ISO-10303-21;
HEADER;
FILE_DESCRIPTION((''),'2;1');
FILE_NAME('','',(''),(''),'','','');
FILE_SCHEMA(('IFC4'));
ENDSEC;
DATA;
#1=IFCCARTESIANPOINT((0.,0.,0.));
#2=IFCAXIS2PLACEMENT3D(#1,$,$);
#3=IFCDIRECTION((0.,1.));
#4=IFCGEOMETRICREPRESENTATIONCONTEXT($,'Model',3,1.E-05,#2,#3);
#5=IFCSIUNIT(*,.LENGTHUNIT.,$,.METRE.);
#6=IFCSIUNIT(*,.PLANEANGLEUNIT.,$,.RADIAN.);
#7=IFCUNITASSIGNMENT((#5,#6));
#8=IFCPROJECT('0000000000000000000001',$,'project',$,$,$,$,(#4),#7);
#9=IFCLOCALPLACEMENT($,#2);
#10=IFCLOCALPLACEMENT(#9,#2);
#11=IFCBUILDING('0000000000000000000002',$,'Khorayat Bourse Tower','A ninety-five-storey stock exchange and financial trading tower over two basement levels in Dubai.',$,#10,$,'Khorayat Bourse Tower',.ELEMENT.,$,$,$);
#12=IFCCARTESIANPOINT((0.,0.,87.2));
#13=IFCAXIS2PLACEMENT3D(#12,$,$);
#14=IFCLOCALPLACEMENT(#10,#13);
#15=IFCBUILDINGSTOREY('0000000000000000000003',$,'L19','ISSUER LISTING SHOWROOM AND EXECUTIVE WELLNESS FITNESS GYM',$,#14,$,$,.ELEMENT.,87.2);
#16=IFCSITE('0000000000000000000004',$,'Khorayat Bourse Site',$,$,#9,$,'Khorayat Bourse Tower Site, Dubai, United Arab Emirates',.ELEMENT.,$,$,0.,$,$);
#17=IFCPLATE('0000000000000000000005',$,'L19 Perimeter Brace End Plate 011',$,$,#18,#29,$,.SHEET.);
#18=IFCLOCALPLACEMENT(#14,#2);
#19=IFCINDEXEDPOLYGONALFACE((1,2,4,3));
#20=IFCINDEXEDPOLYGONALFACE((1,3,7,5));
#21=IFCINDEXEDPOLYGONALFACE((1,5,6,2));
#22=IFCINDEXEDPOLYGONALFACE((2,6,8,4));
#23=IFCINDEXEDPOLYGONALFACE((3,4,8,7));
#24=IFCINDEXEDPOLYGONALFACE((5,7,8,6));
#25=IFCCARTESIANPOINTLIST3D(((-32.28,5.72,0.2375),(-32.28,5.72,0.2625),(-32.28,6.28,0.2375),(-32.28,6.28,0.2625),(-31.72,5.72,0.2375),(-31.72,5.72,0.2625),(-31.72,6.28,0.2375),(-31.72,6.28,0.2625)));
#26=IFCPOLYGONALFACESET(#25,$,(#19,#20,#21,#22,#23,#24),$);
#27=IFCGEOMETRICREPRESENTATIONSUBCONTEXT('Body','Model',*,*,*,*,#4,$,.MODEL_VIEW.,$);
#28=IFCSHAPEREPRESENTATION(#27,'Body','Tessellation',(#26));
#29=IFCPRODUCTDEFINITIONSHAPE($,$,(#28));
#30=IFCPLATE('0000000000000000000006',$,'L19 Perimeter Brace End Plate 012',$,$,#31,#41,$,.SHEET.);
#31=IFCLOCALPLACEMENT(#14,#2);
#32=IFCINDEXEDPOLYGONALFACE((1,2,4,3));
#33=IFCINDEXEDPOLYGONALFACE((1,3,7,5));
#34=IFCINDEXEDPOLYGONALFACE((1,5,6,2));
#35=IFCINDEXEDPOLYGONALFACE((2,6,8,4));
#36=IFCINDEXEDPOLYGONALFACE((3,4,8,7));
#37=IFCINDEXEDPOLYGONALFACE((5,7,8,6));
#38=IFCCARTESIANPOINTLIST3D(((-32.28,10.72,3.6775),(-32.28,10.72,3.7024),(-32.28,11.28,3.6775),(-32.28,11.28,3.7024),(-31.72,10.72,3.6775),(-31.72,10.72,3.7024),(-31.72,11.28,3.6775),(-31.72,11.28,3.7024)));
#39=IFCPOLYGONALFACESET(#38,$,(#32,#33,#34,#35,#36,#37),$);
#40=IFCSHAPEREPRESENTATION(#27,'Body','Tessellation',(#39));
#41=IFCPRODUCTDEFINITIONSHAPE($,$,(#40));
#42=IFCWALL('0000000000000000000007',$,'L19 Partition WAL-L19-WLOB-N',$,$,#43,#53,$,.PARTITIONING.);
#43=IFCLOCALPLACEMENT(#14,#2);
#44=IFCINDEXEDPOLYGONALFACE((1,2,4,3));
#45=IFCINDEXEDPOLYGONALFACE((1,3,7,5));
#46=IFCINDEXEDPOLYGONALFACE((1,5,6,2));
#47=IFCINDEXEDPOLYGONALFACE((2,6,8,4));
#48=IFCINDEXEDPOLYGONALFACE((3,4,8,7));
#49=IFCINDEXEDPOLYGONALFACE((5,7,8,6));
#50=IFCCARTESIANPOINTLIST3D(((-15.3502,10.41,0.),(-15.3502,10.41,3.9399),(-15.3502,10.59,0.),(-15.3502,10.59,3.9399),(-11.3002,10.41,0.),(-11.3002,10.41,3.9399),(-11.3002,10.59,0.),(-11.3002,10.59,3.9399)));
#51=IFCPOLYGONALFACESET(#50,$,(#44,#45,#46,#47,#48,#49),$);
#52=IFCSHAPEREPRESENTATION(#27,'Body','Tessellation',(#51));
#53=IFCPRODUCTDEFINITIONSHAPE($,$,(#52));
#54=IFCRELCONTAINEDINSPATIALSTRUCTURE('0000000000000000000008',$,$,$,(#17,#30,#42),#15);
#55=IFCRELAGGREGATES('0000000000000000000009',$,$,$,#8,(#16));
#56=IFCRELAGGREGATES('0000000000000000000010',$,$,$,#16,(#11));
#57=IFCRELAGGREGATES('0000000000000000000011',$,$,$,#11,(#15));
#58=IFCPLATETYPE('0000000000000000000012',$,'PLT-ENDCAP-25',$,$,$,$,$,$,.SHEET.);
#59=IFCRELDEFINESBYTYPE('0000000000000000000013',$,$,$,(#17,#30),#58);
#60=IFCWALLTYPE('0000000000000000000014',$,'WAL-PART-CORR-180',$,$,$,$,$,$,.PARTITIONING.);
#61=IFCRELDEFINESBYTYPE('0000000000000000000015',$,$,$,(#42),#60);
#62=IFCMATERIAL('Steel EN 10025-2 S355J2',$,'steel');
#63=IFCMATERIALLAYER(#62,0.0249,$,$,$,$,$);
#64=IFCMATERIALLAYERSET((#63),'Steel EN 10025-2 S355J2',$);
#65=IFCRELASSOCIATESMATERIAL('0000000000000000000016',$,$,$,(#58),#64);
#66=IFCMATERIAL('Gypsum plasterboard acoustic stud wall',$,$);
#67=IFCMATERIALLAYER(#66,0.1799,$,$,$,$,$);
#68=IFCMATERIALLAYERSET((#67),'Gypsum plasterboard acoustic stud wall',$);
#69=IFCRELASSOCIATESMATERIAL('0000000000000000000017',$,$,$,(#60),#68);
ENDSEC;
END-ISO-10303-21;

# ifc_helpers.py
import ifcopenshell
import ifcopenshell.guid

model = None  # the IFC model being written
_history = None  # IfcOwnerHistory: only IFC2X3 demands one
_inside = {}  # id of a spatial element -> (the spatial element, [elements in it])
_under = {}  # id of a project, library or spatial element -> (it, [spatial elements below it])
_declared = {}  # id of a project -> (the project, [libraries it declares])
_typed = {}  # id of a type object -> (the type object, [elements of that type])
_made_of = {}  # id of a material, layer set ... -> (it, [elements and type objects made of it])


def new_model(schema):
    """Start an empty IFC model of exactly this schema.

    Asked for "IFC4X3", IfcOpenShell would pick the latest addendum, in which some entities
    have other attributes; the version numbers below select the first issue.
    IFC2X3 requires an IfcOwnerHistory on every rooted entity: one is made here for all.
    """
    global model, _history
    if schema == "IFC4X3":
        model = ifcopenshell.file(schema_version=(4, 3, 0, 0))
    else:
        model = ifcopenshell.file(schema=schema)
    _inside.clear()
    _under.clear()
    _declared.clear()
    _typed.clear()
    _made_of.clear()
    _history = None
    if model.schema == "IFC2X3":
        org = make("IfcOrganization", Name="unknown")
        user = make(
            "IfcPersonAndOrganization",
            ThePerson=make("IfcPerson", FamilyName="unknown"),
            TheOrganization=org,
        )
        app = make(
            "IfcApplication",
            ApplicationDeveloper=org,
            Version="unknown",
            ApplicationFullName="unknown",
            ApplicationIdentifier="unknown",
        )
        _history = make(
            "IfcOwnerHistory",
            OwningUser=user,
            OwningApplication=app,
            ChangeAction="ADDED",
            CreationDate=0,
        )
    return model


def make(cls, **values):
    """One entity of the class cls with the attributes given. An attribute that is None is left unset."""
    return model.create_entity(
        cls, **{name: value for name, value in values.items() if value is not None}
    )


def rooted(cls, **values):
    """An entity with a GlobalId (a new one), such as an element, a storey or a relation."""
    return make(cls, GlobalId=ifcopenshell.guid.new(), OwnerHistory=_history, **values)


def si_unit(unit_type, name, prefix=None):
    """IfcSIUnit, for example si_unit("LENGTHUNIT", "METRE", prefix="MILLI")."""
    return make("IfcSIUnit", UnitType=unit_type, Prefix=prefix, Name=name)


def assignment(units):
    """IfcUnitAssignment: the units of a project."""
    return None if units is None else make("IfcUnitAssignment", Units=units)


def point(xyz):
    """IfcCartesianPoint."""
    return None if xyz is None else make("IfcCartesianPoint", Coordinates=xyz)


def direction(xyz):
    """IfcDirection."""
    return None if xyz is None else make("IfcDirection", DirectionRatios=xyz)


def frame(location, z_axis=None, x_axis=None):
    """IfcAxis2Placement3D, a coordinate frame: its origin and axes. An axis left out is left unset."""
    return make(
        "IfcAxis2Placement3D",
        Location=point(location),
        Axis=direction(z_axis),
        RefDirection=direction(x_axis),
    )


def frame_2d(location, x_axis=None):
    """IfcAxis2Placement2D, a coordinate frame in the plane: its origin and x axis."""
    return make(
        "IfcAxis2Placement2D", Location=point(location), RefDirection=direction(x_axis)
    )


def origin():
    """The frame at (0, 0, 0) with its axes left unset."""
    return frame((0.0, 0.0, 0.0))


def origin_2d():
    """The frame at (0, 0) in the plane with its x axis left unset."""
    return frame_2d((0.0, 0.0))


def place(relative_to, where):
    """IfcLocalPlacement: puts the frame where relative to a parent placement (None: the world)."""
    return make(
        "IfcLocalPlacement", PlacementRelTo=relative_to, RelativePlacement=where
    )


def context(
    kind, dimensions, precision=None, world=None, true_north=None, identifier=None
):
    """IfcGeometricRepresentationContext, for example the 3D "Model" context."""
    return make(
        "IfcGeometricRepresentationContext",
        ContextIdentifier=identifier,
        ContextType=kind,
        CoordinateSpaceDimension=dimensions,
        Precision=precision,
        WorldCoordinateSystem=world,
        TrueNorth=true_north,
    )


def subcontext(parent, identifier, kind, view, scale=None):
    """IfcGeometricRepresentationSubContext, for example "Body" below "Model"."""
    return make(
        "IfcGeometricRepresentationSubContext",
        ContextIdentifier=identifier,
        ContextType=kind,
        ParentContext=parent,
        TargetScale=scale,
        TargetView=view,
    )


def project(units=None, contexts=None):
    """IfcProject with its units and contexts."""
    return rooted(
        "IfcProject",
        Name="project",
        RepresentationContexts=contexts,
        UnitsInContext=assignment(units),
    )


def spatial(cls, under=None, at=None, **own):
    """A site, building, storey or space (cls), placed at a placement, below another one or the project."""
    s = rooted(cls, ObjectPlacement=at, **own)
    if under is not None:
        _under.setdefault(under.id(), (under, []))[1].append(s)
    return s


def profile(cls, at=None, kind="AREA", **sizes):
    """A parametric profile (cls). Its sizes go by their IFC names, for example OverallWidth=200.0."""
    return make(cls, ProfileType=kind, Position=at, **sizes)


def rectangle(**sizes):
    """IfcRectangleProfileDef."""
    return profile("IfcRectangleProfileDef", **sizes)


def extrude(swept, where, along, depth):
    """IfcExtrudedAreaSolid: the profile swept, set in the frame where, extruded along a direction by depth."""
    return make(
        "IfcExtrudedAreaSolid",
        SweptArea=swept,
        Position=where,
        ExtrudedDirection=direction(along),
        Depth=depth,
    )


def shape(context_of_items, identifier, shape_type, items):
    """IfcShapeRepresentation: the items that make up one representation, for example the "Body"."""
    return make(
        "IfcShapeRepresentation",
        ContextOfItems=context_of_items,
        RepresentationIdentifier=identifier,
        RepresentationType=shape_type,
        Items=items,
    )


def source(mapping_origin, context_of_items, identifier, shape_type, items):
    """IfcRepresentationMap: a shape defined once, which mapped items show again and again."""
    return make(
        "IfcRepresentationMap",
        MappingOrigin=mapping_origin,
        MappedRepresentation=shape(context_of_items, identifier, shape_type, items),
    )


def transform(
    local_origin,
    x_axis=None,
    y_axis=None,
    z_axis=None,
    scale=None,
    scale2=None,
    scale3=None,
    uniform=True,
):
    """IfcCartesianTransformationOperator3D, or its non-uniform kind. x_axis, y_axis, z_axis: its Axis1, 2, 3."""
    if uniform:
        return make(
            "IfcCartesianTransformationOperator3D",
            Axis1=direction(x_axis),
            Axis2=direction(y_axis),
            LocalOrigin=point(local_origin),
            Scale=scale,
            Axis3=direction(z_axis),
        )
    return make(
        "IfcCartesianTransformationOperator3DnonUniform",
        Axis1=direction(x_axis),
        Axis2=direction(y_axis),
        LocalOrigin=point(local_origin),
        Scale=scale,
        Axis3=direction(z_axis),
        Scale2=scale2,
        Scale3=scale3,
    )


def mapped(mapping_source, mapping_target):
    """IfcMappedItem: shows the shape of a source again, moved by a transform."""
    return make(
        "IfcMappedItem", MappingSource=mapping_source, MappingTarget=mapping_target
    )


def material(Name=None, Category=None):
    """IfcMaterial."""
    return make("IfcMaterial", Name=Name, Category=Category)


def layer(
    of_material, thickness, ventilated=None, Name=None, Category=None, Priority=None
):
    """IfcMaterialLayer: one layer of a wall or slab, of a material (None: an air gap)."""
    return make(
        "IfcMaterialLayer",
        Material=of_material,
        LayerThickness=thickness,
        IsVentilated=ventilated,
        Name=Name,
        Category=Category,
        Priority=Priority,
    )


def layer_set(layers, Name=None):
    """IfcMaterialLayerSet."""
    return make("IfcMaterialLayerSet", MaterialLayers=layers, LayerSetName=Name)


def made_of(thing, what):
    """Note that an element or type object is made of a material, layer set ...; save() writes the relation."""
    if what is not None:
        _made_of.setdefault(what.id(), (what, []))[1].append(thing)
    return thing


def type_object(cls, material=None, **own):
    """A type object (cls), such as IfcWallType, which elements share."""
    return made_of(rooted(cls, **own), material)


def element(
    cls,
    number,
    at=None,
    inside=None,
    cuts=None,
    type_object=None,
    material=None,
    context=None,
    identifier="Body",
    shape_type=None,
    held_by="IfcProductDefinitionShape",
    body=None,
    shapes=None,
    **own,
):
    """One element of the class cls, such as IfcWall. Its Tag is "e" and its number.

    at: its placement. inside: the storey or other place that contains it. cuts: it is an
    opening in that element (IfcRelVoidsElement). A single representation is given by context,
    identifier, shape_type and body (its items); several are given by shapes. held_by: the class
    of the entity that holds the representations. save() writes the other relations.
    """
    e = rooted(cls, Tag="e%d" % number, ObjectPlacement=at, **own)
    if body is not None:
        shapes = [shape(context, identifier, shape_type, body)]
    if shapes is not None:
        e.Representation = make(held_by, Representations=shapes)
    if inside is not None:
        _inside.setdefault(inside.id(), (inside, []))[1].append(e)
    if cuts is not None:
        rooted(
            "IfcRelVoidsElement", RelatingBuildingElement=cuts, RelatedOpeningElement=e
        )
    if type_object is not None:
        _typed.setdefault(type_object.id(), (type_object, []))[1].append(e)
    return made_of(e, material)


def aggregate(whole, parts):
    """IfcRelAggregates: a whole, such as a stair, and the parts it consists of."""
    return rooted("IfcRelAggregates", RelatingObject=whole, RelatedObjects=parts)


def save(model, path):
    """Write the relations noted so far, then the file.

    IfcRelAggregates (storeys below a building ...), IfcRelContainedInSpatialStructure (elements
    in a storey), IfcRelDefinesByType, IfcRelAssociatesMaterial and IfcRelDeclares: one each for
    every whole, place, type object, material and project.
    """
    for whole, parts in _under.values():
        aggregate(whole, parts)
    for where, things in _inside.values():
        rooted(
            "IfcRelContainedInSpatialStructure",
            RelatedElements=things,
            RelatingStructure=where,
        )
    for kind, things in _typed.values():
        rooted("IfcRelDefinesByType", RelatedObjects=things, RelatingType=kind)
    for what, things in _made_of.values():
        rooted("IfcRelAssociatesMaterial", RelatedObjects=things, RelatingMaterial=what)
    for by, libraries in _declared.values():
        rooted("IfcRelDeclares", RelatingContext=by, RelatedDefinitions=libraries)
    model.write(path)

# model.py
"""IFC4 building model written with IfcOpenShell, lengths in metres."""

from ifc_helpers import new_model, si_unit, direction, frame, frame_2d, origin, origin_2d, place, context, subcontext, project, spatial, rectangle, extrude, source, transform, mapped, material, layer, layer_set, type_object, element, save


model = new_model("IFC4")

# Units and contexts
model_context = context("Model", 3, precision=1e-05, world=origin(), true_north=direction((0.0, 1.0)))
body_context = subcontext(model_context, "Body", "Model", "MODEL_VIEW")
ifc_project = project(units=[si_unit("LENGTHUNIT", "METRE"), si_unit("PLANEANGLEUNIT", "RADIAN")], contexts=[model_context])

# Site, building, storey
site_placement = place(None, origin())
site = spatial("IfcSite", under=ifc_project, at=site_placement, Name="Khorayat Bourse Site", LongName="Khorayat Bourse Tower Site, Dubai, United Arab Emirates", CompositionType="ELEMENT", RefElevation=0.0)
building_placement = place(site_placement, origin())
building = spatial("IfcBuilding", under=site, at=building_placement, Name="Khorayat Bourse Tower", Description="A ninety-five-storey stock exchange and financial trading tower over two basement levels in Dubai.", LongName="Khorayat Bourse Tower", CompositionType="ELEMENT")
storey_placement = place(building_placement, frame((0.0, 0.0, 87.2)))
storey = spatial("IfcBuildingStorey", under=building, at=storey_placement, Name="L19", Description="ISSUER LISTING SHOWROOM AND EXECUTIVE WELLNESS FITNESS GYM", CompositionType="ELEMENT", Elevation=87.2)

# Plates
ifc_material_1 = material(Name="Steel EN 10025-2 S355J2", Category="steel")
ifc_layer_1 = layer(ifc_material_1, 0.0249)
ifc_layer_set_1 = layer_set([ifc_layer_1], Name="Steel EN 10025-2 S355J2")
plate_type = type_object("IfcPlateType", Name="PLT-ENDCAP-25", PredefinedType="SHEET", material=ifc_layer_set_1)
shared_shape_1 = source(origin(), body_context, "Body", "SweptSolid", [
    extrude(rectangle(XDim=0.5601, YDim=0.5601, at=origin_2d()), origin(), (0.0, 0.0, 1.0), 0.0249),
])
for number, where, z_axis, x_axis, name in (
    (1, (-32.0, 6.0, 0.2375), (0.0, 0.0, 1.0), (1.0, 0.0, 0.0), "L19 Perimeter Brace End Plate 011"),
    (2, (-32.0, 11.0, 3.6775), (0.0, 0.0, 1.0), (1.0, 0.0, 0.0), "L19 Perimeter Brace End Plate 012"),
):
    element("IfcPlate", number, at=place(storey_placement, frame(where, z_axis=z_axis, x_axis=x_axis)), inside=storey, type_object=plate_type, Name=name, PredefinedType="SHEET", context=body_context, shape_type="MappedRepresentation", body=[
        mapped(shared_shape_1, transform((0.0, 0.0, 0.0), scale=1.0)),
    ])

# Wall
ifc_material_2 = material(Name="Gypsum plasterboard acoustic stud wall")
ifc_layer_2 = layer(ifc_material_2, 0.1799)
ifc_layer_set_2 = layer_set([ifc_layer_2], Name="Gypsum plasterboard acoustic stud wall")
wall_type = type_object("IfcWallType", Name="WAL-PART-CORR-180", PredefinedType="PARTITIONING", material=ifc_layer_set_2)
shared_shape_2 = source(origin(), body_context, "Body", "SweptSolid", [
    extrude(rectangle(XDim=4.05, YDim=0.1799, at=frame_2d((2.0249, 0.0))), origin(), (0.0, 0.0, 1.0), 3.9399),
])
wall_placement = place(storey_placement, frame((-15.3501, 10.5, 0.0), z_axis=(0.0, 0.0, 1.0), x_axis=(1.0, 0.0, 0.0)))
element("IfcWall", 3, at=wall_placement, inside=storey, type_object=wall_type, Name="L19 Partition WAL-L19-WLOB-N", PredefinedType="PARTITIONING", context=body_context, shape_type="MappedRepresentation", body=[
    mapped(shared_shape_2, transform((0.0, 0.0, 0.0), scale=1.0)),
])

save(model, "model.ifc")
